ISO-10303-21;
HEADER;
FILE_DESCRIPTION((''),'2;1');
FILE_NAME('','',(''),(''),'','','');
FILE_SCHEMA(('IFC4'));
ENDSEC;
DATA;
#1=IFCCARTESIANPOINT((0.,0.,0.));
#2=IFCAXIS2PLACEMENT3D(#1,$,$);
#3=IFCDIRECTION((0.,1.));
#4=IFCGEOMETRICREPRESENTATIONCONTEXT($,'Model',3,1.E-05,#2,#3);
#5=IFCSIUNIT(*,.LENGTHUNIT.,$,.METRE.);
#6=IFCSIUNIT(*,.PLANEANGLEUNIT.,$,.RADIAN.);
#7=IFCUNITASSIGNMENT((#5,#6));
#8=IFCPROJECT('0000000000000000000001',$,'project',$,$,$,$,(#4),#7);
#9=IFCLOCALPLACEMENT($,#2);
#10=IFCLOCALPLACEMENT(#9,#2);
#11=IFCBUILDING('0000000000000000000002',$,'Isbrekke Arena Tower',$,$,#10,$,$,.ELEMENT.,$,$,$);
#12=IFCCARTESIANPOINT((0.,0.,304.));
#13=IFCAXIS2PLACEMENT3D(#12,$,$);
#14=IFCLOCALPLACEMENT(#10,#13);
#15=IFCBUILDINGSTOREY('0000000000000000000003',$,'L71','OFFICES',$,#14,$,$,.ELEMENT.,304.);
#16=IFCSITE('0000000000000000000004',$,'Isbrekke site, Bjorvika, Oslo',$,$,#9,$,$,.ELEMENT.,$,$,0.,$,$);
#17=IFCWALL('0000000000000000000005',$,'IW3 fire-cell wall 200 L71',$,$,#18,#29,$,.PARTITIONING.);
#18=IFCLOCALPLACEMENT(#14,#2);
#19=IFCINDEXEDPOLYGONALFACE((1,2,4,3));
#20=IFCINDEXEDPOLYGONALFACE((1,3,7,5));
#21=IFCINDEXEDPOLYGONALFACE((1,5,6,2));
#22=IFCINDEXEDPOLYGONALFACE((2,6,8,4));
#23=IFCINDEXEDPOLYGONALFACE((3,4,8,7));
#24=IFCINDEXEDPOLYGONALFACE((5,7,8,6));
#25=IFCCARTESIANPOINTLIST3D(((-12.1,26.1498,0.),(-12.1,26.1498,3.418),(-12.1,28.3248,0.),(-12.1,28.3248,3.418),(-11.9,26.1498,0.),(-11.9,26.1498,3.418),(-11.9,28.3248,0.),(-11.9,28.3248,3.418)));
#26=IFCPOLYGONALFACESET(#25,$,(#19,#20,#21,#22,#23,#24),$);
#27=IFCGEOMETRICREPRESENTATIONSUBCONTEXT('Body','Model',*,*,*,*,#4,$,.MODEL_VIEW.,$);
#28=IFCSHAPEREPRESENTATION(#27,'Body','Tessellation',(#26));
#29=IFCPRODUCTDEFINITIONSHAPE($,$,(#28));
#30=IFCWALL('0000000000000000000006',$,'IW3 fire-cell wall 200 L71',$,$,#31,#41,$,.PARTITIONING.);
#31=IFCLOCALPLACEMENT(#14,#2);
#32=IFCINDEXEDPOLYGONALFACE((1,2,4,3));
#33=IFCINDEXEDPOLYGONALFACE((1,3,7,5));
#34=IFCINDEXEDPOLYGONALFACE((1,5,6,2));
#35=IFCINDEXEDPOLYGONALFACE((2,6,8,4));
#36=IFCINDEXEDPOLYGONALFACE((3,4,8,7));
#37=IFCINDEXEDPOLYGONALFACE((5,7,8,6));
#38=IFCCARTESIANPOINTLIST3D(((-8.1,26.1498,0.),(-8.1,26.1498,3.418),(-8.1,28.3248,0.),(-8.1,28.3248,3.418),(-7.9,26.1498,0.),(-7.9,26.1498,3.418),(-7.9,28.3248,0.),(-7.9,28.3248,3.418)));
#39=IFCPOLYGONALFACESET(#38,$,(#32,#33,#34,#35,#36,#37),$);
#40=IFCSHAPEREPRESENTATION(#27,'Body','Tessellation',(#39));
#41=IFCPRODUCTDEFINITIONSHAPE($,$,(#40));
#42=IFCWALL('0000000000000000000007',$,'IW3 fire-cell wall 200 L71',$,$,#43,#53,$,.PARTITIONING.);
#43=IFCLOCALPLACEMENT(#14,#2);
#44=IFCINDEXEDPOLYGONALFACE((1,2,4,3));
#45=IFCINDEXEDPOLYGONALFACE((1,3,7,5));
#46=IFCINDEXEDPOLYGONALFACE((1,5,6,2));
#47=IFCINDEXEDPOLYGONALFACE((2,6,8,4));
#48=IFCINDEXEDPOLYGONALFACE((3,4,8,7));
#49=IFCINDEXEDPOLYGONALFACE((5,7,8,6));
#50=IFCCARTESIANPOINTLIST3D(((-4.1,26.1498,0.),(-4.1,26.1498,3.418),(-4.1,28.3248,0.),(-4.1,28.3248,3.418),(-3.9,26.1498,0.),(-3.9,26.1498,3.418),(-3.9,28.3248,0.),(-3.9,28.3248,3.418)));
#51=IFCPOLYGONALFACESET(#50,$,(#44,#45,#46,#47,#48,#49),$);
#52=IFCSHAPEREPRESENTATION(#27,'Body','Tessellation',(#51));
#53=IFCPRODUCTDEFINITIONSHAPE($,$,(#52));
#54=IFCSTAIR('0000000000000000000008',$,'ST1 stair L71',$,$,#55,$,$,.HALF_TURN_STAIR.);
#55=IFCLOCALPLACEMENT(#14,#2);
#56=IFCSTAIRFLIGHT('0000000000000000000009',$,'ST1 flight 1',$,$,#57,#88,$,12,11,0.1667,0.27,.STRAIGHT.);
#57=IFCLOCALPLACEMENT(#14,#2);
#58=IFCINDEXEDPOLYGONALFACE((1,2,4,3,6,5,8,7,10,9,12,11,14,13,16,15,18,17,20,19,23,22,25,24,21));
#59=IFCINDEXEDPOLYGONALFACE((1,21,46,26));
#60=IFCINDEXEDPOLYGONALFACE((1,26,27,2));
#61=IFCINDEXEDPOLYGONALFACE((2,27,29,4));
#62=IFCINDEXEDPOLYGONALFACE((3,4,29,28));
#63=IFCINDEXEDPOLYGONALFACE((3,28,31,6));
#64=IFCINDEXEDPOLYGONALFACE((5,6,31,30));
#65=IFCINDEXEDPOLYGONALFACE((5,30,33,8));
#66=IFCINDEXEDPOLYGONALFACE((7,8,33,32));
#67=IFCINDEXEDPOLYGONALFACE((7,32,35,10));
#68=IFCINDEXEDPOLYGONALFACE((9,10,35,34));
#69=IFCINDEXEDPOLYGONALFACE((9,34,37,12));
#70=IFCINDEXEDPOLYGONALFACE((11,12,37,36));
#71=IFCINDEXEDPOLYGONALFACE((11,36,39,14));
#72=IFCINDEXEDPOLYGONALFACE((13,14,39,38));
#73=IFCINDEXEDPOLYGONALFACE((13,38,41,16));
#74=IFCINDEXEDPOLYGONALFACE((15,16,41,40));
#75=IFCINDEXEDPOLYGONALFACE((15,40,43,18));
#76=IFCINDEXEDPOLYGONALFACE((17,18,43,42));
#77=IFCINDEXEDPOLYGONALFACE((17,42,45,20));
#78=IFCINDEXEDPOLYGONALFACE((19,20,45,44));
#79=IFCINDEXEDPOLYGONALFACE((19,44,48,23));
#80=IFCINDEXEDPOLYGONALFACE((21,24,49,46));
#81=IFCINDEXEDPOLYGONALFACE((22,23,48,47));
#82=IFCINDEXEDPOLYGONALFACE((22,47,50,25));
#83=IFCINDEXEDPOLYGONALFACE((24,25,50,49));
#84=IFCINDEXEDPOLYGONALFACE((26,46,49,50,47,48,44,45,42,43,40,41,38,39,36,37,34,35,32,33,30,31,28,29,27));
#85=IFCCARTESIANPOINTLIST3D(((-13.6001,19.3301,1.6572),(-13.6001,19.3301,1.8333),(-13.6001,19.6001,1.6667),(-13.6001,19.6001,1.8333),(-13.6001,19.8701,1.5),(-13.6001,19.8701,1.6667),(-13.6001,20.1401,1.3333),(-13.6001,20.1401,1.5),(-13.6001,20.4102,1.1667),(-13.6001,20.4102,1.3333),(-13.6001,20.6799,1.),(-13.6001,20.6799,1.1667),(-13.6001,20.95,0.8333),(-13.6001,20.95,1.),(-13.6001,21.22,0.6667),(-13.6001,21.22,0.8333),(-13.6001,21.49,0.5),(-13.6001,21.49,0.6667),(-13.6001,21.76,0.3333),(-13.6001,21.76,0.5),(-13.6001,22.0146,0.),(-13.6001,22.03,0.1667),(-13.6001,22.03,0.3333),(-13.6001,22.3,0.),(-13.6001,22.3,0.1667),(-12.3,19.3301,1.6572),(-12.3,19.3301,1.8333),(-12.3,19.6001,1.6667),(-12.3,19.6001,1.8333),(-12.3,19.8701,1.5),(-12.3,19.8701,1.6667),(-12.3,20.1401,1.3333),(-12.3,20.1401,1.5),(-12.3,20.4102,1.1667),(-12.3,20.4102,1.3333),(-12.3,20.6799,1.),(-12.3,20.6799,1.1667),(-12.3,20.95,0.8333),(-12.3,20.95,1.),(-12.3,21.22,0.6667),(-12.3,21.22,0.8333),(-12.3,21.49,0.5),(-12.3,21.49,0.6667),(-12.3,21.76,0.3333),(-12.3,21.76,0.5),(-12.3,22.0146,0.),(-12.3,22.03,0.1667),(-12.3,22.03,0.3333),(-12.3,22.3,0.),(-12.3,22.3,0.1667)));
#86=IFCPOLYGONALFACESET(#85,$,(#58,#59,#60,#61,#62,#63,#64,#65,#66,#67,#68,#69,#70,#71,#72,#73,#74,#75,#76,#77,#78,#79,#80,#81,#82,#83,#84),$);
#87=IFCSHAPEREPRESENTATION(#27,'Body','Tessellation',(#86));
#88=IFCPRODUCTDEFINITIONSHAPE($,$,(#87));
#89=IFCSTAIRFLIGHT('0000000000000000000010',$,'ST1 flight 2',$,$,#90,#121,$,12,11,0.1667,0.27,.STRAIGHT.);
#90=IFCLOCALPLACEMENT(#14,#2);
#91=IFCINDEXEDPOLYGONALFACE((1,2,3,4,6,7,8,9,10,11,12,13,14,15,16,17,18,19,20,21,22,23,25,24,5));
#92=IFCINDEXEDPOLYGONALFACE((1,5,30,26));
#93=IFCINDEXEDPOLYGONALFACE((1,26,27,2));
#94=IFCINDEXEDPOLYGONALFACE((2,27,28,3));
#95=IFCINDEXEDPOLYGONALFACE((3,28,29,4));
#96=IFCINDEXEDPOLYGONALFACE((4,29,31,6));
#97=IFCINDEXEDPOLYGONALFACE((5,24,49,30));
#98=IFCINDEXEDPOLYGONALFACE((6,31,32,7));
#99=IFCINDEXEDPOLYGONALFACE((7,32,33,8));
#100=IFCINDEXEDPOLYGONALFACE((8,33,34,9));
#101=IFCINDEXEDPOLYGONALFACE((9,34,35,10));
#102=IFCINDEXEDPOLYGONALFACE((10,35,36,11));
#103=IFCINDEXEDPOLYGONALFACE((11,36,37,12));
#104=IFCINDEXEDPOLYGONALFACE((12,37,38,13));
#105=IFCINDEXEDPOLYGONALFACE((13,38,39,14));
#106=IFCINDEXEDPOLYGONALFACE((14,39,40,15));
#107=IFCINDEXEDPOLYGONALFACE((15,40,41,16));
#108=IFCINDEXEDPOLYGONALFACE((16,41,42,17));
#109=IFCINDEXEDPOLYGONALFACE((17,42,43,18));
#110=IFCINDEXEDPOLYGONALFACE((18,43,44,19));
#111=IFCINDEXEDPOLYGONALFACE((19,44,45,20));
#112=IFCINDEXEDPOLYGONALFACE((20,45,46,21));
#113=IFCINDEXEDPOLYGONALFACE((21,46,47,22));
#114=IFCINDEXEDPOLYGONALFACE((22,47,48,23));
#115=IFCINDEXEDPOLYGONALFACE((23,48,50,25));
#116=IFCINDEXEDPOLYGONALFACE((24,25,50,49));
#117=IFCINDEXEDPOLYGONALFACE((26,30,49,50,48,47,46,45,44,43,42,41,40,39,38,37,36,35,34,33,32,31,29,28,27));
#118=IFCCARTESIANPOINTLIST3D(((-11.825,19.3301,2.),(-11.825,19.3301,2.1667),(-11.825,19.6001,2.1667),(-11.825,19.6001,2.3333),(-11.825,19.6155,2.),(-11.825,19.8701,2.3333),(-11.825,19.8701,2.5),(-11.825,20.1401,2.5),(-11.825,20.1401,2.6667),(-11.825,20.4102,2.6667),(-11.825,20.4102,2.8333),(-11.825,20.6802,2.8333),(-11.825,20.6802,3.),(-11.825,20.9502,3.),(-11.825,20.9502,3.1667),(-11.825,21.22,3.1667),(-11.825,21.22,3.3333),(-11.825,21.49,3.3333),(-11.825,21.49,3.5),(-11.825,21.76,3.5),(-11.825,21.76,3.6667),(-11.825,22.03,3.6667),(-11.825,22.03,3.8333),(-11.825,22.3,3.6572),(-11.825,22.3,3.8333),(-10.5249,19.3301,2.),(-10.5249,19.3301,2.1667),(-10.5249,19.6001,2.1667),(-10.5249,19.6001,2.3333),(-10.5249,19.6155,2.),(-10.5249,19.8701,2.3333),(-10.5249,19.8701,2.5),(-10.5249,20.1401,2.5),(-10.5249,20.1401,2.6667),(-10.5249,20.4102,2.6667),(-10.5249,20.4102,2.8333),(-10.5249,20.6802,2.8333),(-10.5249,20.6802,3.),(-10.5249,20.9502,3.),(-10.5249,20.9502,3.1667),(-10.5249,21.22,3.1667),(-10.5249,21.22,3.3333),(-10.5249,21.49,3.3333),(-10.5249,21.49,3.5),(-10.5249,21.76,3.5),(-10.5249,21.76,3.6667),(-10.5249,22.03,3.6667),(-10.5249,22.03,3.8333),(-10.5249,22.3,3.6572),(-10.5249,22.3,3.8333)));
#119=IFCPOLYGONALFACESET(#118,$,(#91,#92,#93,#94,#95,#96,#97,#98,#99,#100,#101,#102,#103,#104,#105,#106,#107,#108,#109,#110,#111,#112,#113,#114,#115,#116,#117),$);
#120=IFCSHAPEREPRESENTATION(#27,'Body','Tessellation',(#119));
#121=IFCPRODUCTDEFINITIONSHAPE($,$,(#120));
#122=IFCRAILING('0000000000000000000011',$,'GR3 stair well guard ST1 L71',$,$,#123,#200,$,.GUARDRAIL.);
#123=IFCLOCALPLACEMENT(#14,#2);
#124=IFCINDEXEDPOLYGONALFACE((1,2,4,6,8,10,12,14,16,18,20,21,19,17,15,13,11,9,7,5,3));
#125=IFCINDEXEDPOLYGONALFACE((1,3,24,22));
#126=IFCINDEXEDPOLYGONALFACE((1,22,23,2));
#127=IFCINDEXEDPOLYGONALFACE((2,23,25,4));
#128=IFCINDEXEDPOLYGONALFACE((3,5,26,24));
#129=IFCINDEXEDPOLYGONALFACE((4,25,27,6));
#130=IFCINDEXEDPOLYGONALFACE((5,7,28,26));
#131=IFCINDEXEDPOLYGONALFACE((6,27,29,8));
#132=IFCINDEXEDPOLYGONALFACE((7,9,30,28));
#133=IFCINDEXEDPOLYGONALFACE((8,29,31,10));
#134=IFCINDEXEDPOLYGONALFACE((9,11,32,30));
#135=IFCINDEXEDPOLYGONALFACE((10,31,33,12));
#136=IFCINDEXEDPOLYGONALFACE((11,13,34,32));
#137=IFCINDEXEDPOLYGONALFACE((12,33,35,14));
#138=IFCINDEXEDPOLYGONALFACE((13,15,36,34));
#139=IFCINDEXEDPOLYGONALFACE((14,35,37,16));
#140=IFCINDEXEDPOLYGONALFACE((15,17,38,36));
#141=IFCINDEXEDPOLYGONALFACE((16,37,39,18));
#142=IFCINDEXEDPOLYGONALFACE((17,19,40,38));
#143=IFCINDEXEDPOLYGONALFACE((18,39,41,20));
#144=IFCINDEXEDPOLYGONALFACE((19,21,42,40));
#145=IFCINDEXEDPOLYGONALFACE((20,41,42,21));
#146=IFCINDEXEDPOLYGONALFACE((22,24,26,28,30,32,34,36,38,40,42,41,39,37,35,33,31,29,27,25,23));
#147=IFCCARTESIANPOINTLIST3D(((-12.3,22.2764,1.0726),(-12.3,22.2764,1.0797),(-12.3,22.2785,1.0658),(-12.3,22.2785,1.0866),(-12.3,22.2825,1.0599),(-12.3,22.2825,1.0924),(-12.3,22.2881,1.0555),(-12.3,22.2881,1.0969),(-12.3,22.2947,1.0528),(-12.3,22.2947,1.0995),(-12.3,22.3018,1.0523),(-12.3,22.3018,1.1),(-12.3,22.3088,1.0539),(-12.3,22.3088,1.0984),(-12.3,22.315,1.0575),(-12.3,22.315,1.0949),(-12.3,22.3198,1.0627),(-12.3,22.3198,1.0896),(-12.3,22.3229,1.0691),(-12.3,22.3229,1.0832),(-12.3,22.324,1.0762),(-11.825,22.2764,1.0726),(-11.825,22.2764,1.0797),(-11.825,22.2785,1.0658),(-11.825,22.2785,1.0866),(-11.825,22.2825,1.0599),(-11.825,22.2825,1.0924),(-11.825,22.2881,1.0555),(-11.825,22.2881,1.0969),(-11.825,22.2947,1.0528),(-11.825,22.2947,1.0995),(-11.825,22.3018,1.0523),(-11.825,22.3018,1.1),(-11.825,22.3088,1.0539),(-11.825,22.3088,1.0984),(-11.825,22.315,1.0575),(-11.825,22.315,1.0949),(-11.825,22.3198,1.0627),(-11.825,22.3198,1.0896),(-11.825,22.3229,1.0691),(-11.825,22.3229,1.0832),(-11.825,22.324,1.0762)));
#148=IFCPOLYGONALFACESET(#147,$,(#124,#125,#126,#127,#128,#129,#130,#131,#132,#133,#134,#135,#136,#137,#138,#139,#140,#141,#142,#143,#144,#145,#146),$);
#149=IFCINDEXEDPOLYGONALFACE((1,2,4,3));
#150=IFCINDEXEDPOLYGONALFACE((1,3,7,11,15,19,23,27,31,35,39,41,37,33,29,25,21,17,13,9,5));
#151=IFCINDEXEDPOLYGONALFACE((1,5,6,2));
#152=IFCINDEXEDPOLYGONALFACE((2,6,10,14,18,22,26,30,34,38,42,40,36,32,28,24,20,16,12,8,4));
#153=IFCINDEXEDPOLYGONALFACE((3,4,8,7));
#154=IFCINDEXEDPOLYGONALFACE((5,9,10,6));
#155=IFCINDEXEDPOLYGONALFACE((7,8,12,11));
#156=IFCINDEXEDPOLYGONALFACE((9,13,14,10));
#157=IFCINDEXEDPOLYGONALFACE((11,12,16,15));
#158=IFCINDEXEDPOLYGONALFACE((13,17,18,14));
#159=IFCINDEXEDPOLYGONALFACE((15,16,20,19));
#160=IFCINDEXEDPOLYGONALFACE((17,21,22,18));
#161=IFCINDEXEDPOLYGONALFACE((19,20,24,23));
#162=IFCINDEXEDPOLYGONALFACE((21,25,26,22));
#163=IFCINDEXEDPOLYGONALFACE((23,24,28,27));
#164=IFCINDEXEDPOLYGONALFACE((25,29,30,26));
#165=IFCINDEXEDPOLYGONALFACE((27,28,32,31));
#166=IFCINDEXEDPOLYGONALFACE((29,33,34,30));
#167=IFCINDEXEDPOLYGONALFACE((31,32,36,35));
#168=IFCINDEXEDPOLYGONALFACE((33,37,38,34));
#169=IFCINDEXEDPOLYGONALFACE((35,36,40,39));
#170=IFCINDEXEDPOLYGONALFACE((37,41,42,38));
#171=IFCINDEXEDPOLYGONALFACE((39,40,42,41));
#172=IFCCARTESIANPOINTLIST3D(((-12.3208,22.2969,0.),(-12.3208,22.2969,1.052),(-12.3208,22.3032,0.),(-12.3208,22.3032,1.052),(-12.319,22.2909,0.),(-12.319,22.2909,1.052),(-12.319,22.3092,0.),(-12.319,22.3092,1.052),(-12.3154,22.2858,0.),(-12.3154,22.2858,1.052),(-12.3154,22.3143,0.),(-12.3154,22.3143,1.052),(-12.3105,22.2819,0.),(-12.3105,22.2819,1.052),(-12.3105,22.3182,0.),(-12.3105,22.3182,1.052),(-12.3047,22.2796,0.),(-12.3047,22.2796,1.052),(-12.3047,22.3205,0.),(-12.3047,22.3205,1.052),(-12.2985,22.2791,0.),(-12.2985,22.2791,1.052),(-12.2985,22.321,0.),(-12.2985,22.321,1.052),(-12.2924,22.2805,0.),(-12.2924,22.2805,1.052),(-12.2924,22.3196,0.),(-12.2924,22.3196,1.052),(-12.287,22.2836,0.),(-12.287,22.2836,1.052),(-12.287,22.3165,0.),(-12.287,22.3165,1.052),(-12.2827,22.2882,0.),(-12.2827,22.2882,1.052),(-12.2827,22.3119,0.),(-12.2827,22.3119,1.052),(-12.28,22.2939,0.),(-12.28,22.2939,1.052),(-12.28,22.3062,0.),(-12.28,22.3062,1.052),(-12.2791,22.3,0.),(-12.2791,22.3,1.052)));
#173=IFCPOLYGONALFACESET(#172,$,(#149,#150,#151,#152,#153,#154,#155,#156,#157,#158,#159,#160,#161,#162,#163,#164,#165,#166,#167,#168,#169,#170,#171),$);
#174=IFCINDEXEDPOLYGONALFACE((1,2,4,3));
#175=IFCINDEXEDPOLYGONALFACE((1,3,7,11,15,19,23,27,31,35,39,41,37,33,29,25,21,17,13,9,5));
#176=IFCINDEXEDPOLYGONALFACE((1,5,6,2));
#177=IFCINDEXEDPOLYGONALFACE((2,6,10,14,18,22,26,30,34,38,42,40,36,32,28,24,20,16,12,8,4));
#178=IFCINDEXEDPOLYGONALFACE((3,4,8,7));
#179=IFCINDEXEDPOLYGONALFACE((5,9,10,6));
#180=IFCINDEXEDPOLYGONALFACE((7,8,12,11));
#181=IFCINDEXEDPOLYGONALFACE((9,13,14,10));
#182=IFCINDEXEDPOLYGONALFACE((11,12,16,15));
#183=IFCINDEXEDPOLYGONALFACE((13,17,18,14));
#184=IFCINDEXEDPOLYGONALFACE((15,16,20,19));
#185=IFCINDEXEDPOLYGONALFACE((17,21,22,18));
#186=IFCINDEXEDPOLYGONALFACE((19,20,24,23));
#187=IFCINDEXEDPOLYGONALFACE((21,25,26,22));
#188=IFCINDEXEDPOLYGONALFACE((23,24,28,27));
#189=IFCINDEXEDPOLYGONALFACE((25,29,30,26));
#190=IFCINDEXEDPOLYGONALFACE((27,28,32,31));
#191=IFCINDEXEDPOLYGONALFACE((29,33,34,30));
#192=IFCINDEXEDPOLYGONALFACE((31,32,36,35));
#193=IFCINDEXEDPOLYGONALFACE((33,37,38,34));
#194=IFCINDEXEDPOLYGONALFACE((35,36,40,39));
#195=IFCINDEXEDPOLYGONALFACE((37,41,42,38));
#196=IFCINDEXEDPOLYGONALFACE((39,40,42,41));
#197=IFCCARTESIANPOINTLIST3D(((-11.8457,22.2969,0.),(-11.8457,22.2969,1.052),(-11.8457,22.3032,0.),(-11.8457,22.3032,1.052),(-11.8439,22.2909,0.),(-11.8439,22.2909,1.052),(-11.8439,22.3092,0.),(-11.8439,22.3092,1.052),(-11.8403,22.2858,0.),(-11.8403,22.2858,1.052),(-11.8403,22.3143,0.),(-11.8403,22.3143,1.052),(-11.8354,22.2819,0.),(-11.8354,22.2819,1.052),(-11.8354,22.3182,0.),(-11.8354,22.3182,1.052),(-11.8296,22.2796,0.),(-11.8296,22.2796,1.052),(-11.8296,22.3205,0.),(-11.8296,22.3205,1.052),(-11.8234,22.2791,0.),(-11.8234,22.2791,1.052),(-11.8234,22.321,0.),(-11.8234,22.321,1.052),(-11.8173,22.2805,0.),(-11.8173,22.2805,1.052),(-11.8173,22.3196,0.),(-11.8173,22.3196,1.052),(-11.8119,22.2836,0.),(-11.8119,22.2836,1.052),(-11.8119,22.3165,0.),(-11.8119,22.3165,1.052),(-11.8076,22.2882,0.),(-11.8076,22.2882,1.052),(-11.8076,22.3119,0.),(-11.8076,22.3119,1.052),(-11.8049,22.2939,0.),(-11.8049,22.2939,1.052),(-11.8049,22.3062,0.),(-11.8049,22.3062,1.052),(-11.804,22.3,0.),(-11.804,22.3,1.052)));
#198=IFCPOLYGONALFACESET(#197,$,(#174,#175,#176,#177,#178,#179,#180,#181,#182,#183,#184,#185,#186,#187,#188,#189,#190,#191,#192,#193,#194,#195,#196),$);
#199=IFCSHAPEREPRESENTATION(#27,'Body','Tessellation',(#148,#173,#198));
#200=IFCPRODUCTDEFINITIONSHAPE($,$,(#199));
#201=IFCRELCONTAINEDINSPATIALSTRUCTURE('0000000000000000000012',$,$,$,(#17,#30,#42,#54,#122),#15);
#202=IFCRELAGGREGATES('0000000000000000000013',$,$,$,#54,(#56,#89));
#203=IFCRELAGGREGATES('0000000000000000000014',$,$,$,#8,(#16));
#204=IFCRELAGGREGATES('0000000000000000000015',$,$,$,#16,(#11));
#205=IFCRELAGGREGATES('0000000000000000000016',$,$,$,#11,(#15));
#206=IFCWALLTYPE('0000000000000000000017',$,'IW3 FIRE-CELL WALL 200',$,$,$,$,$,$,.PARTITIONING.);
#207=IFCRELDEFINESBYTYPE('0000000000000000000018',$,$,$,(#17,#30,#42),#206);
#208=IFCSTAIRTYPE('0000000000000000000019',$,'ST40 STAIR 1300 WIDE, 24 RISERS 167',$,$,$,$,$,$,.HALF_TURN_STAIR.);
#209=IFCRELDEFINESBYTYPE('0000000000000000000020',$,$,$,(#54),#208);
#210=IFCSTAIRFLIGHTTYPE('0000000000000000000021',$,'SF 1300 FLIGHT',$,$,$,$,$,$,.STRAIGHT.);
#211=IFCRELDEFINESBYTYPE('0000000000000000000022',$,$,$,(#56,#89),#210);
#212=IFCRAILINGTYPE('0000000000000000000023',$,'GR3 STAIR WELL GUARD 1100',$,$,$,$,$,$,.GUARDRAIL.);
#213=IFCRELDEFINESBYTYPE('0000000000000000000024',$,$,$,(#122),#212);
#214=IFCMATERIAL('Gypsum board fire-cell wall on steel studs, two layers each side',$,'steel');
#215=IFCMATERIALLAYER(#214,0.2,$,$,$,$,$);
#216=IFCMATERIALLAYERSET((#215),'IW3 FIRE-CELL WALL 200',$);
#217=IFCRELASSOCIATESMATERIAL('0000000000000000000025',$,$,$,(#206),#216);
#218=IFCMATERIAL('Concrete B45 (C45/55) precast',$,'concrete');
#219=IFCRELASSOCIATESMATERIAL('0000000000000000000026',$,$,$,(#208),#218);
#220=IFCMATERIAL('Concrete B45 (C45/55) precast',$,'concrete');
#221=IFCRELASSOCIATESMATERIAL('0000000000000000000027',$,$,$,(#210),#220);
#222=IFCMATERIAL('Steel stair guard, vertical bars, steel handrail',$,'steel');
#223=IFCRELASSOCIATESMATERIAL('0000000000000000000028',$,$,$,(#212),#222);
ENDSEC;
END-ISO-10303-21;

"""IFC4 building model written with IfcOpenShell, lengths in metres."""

from ifc_helpers import new_model, si_unit, direction, frame, frame_2d, origin, origin_2d, place, context, subcontext, project, spatial, polyline, rectangle, circle, outline, extrude, material, layer, layer_set, type_object, element, aggregate, save


model = new_model("IFC4")

# Units and contexts
model_context = context("Model", 3, precision=1e-05, world=origin(), true_north=direction((0.0, 1.0)))
body_context = subcontext(model_context, "Body", "Model", "MODEL_VIEW")
ifc_project = project(units=[si_unit("LENGTHUNIT", "METRE"), si_unit("PLANEANGLEUNIT", "RADIAN")], contexts=[model_context])

# Site, building, storey
site_placement = place(None, origin())
site = spatial("IfcSite", under=ifc_project, at=site_placement, Name="Isbrekke site, Bjorvika, Oslo", CompositionType="ELEMENT", RefElevation=0.0)
building_placement = place(site_placement, origin())
building = spatial("IfcBuilding", under=site, at=building_placement, Name="Isbrekke Arena Tower", CompositionType="ELEMENT")
storey_placement = place(building_placement, frame((0.0, 0.0, 304.0)))
storey = spatial("IfcBuildingStorey", under=building, at=storey_placement, Name="L71", Description="OFFICES", CompositionType="ELEMENT", Elevation=304.0)

# Walls
ifc_material_1 = material(Name="Gypsum board fire-cell wall on steel studs, two layers each side", Category="steel")
ifc_layer_1 = layer(ifc_material_1, 0.2)
ifc_layer_set_1 = layer_set([ifc_layer_1], Name="IW3 FIRE-CELL WALL 200")
wall_type_1 = type_object("IfcWallType", Name="IW3 FIRE-CELL WALL 200", PredefinedType="PARTITIONING", material=ifc_layer_set_1)
for number, where, z_axis, x_axis, name in (
    (1, (-12.0, 26.1499, 0.0), (0.0, 0.0, 1.0), (0.0, 1.0, 0.0), "IW3 fire-cell wall 200 L71"),
    (2, (-8.0, 26.1499, 0.0), (0.0, 0.0, 1.0), (0.0, 1.0, 0.0), "IW3 fire-cell wall 200 L71"),
    (3, (-4.0, 26.1499, 0.0), (0.0, 0.0, 1.0), (0.0, 1.0, 0.0), "IW3 fire-cell wall 200 L71"),
):
    element("IfcWall", number, at=place(storey_placement, frame(where, z_axis=z_axis, x_axis=x_axis)), inside=storey, type_object=wall_type_1, Name=name, PredefinedType="PARTITIONING", context=body_context, shape_type="SweptSolid", body=[
        extrude(rectangle(XDim=2.175, YDim=0.2, at=frame_2d((1.0874, 0.0))), origin(), (0.0, 0.0, 1.0), 3.418),
    ])

# Stair, stair flights
ifc_material_2 = material(Name="Concrete B45 (C45/55) precast", Category="concrete")
stair_type = type_object("IfcStairType", Name="ST40 STAIR 1300 WIDE, 24 RISERS 167", PredefinedType="HALF_TURN_STAIR", material=ifc_material_2)
stair_placement = place(storey_placement, origin())
stair = element("IfcStair", 4, at=stair_placement, inside=storey, type_object=stair_type, Name="ST1 stair L71", PredefinedType="HALF_TURN_STAIR")
ifc_material_3 = material(Name="Concrete B45 (C45/55) precast", Category="concrete")
stair_flight_type = type_object("IfcStairFlightType", Name="SF 1300 FLIGHT", PredefinedType="STRAIGHT", material=ifc_material_3)
stair_flight_1_placement = place(storey_placement, frame((-12.95, 22.3, 0.0), z_axis=(0.0, 0.0, 1.0), x_axis=(0.0, -1.0, 0.0)))
stair_flight_1 = element("IfcStairFlight", 5, at=stair_flight_1_placement, type_object=stair_flight_type, Name="ST1 flight 1", NumberOfRisers=12, NumberOfTreads=11, PredefinedType="STRAIGHT", RiserHeight=0.1667, TreadLength=0.27, context=body_context, shape_type="SweptSolid", body=[
    extrude(outline(polyline([(0.0, 0.0), (0.0, 0.1667), (0.27, 0.1667), (0.27, 0.3333), (0.54, 0.3333), (0.54, 0.5), (0.8101, 0.5), (0.8101, 0.6667), (1.0801, 0.6667), (1.0801, 0.8333), (1.3501, 0.8333), (1.3501, 1.0), (1.6201, 1.0), (1.6201, 1.1667), (1.8899, 1.1667), (1.8899, 1.3333), (2.1599, 1.3333), (2.1599, 1.5), (2.4299, 1.5), (2.4299, 1.6667), (2.7, 1.6667), (2.7, 1.8333), (2.97, 1.8333), (2.97, 2.0), (2.97, 1.6572), (0.2854, 0.0), (0.0, 0.0)])), frame((0.0, 0.6499, 0.0), z_axis=(0.0, -1.0, 0.0), x_axis=(1.0, 0.0, 0.0)), (0.0, 0.0, 1.0), 1.3),
])
stair_flight_2_placement = place(storey_placement, frame((-11.175, 19.3301, 2.0), z_axis=(0.0, 0.0, 1.0), x_axis=(0.0, 1.0, 0.0)))
stair_flight_2 = element("IfcStairFlight", 6, at=stair_flight_2_placement, type_object=stair_flight_type, Name="ST1 flight 2", NumberOfRisers=12, NumberOfTreads=11, PredefinedType="STRAIGHT", RiserHeight=0.1667, TreadLength=0.27, context=body_context, shape_type="SweptSolid", body=[
    extrude(outline(polyline([(0.0, 0.0), (0.0, 0.1667), (0.27, 0.1667), (0.27, 0.3333), (0.54, 0.3333), (0.54, 0.5), (0.8101, 0.5), (0.8101, 0.6667), (1.0801, 0.6667), (1.0801, 0.8333), (1.3501, 0.8333), (1.3501, 1.0), (1.6201, 1.0), (1.6201, 1.1667), (1.8899, 1.1667), (1.8899, 1.3333), (2.1599, 1.3333), (2.1599, 1.5), (2.4299, 1.5), (2.4299, 1.6667), (2.7, 1.6667), (2.7, 1.8333), (2.97, 1.8333), (2.97, 2.0), (2.97, 1.6572), (0.2854, 0.0), (0.0, 0.0)])), frame((0.0, 0.6499, 0.0), z_axis=(0.0, -1.0, 0.0), x_axis=(1.0, 0.0, 0.0)), (0.0, 0.0, 1.0), 1.3),
])
aggregate(stair, [stair_flight_1, stair_flight_2])

# Railing
ifc_material_4 = material(Name="Steel stair guard, vertical bars, steel handrail", Category="steel")
railing_type = type_object("IfcRailingType", Name="GR3 STAIR WELL GUARD 1100", PredefinedType="GUARDRAIL", material=ifc_material_4)
for number, where, name in (
    (7, (-12.3, 22.3, 0.0), "GR3 stair well guard ST1 L71"),
):
    element("IfcRailing", number, at=place(storey_placement, frame(where)), inside=storey, type_object=railing_type, Name=name, PredefinedType="GUARDRAIL", context=body_context, shape_type="SweptSolid", body=[
        extrude(circle(Radius=0.0239, at=origin_2d()), frame((0.0, 0.0, 1.0762), z_axis=(1.0, 0.0, 0.0), x_axis=(0.0, 1.0, 0.0)), (0.0, 0.0, 1.0), 0.4751),
        extrude(circle(Radius=0.021, at=origin_2d()), origin(), (0.0, 0.0, 1.0), 1.052),
        extrude(circle(Radius=0.021, at=origin_2d()), frame((0.4751, 0.0, 0.0)), (0.0, 0.0, 1.0), 1.052),
    ])

save(model, "model.ifc")
